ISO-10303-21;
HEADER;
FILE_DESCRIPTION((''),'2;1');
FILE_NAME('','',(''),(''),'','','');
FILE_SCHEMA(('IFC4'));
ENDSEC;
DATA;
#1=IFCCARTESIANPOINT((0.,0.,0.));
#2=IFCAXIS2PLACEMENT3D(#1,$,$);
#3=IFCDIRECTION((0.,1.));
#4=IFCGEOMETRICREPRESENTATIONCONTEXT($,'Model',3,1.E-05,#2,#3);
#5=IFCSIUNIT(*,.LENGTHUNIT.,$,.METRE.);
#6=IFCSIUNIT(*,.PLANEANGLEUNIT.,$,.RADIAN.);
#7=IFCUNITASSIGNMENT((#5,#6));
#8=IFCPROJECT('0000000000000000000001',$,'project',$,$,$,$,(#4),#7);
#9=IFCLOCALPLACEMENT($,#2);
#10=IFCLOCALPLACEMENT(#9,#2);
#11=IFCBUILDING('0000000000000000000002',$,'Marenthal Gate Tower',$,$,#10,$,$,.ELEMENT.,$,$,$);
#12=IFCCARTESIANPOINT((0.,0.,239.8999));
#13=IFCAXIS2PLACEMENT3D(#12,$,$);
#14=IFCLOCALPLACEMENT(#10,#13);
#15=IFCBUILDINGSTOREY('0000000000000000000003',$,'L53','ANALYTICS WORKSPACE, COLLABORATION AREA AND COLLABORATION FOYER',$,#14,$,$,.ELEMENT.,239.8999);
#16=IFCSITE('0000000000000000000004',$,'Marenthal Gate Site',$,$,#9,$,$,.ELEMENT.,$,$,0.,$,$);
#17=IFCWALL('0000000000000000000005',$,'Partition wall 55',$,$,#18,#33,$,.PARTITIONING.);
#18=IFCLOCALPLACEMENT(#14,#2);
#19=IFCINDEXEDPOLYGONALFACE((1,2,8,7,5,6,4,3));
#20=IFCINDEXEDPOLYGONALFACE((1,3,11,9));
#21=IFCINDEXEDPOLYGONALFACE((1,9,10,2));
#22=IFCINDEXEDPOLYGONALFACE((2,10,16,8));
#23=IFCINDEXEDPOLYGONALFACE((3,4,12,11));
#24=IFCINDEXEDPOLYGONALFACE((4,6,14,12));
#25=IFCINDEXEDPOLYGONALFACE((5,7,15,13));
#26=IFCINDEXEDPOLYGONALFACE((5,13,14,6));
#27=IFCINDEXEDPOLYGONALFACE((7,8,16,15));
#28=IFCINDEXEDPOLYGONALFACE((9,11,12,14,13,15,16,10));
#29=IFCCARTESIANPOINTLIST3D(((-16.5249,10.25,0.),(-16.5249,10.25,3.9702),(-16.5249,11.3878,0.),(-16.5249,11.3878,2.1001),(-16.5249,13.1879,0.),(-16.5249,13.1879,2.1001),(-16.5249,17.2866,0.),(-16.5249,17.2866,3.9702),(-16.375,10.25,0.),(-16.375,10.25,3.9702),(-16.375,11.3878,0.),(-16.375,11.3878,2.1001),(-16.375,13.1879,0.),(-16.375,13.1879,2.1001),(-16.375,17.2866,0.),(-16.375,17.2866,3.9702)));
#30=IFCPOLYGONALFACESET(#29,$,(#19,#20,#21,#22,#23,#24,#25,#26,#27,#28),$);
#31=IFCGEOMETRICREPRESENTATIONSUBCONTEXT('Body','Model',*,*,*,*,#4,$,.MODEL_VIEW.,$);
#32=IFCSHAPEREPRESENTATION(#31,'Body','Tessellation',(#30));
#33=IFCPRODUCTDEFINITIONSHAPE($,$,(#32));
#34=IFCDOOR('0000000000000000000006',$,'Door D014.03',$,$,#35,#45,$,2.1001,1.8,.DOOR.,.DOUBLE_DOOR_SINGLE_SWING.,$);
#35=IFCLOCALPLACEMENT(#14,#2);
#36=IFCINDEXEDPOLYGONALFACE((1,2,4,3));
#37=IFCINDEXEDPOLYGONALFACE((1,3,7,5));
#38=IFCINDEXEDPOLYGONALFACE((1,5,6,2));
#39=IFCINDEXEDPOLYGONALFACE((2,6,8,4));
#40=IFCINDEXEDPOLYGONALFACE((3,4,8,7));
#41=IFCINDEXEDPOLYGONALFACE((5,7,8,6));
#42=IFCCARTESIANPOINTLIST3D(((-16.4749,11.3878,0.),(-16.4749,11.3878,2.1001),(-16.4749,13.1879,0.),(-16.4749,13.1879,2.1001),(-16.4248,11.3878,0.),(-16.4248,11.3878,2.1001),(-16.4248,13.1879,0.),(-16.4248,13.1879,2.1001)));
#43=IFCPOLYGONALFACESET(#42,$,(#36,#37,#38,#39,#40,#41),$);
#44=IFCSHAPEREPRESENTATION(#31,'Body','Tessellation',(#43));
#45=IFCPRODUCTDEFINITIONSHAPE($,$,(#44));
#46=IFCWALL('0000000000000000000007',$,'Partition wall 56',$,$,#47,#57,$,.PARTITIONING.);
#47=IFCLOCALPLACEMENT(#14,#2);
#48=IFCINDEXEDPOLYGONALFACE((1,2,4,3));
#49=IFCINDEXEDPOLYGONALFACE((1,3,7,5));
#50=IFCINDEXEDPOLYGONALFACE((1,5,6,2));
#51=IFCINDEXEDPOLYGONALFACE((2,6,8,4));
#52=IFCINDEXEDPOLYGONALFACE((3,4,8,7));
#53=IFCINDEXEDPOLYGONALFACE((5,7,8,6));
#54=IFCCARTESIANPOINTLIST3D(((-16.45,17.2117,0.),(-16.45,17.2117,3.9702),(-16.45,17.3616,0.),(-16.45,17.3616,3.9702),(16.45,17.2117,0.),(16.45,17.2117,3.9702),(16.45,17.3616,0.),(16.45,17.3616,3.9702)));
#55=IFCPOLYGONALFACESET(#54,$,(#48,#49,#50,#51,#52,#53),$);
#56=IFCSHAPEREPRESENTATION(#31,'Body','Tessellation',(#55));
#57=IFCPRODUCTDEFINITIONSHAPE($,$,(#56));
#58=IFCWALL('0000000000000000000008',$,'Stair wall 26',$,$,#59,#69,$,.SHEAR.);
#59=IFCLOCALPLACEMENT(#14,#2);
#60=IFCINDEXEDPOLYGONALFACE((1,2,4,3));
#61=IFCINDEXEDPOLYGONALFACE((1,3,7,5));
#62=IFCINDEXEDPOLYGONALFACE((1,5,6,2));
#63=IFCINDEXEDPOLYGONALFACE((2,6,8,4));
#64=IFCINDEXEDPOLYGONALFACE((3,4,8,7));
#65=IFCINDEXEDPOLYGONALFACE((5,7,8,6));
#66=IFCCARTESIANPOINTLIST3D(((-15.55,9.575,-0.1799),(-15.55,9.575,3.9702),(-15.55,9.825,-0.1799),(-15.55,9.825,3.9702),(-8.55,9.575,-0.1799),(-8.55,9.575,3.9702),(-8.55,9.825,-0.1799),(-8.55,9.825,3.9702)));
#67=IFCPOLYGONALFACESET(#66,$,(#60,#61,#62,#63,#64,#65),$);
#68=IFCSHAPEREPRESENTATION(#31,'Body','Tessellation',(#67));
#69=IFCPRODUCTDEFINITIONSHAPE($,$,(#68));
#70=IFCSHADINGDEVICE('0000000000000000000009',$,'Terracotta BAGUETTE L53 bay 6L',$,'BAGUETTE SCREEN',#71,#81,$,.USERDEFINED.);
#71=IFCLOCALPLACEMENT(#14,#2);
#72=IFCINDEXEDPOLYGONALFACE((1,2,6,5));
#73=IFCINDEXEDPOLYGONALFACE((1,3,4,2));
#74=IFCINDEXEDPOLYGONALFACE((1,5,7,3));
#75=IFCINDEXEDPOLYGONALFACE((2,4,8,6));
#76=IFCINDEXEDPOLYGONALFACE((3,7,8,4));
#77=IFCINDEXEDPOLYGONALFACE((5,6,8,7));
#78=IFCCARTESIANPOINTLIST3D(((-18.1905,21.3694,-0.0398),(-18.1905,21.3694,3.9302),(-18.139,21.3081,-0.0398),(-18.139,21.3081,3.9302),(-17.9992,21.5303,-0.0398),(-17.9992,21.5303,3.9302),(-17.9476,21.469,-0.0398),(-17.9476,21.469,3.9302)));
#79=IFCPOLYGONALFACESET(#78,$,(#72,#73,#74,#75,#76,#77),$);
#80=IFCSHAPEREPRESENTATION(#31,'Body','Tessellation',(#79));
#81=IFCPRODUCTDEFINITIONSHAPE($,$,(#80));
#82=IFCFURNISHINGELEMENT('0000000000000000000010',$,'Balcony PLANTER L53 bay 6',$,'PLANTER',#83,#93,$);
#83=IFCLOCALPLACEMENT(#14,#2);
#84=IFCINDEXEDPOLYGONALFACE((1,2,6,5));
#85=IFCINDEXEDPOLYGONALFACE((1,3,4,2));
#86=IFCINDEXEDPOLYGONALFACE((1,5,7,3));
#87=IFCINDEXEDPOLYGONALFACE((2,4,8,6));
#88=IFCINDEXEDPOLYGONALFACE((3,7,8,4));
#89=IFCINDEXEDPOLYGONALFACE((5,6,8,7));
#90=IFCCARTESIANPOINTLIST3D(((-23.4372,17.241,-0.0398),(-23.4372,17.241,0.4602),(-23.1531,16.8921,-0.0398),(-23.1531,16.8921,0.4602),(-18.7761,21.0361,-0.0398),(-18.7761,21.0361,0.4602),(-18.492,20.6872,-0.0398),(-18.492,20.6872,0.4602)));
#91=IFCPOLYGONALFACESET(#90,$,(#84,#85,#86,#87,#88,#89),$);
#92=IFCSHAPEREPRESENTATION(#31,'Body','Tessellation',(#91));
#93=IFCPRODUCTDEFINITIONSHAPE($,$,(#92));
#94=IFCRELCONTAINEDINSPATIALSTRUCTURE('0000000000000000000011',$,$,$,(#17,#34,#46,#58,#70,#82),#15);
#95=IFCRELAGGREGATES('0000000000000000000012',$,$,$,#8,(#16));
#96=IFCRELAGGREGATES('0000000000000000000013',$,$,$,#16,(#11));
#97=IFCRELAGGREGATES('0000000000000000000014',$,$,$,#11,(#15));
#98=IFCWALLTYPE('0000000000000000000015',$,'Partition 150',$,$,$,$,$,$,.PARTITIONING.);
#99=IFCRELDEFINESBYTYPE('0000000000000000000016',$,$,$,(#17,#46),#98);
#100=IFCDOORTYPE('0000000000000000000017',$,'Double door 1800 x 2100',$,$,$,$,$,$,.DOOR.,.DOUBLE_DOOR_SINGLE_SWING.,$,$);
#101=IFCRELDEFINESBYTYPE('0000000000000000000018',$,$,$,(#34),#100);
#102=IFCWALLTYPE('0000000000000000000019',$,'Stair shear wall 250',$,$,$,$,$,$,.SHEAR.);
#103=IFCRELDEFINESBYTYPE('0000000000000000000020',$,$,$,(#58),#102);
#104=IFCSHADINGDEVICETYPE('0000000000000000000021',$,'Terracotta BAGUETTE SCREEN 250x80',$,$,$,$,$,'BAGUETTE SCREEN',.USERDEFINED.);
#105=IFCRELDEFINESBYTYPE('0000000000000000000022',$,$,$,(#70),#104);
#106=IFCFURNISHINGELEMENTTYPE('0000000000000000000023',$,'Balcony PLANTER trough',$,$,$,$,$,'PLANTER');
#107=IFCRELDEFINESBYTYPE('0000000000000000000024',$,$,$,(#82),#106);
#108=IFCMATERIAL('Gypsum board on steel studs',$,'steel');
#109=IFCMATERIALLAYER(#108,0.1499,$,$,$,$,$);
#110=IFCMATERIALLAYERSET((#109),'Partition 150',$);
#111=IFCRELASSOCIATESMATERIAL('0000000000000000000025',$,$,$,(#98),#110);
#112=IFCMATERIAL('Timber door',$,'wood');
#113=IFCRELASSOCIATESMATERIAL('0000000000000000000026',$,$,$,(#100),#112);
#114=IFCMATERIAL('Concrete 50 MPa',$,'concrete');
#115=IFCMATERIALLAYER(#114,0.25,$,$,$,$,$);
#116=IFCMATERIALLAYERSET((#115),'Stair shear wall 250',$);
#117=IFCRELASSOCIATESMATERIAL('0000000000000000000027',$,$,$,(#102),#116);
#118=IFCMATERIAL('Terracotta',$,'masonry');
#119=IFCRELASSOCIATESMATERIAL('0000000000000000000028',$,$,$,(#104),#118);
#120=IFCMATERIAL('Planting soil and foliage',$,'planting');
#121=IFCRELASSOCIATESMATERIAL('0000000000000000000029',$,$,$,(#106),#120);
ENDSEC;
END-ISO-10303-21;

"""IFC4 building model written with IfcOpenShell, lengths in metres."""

from ifc_helpers import new_model, si_unit, direction, frame, frame_2d, origin, origin_2d, place, context, subcontext, project, spatial, rectangle, extrude, material, layer, layer_set, material_profile, profile_set, type_object, element, fill, save


model = new_model("IFC4")

# Units and contexts
model_context = context("Model", 3, precision=1e-05, world=origin(), true_north=direction((0.0, 1.0)))
body_context = subcontext(model_context, "Body", "Model", "MODEL_VIEW")
ifc_project = project(units=[si_unit("LENGTHUNIT", "METRE"), si_unit("PLANEANGLEUNIT", "RADIAN")], contexts=[model_context])

# Site, building, storey
site_placement = place(None, origin())
site = spatial("IfcSite", under=ifc_project, at=site_placement, Name="Marenthal Gate Site", CompositionType="ELEMENT", RefElevation=0.0)
building_placement = place(site_placement, origin())
building = spatial("IfcBuilding", under=site, at=building_placement, Name="Marenthal Gate Tower", CompositionType="ELEMENT")
storey_placement = place(building_placement, frame((0.0, 0.0, 239.8999)))
storey = spatial("IfcBuildingStorey", under=building, at=storey_placement, Name="L53", Description="ANALYTICS WORKSPACE, COLLABORATION AREA AND COLLABORATION FOYER", CompositionType="ELEMENT", Elevation=239.8999)

# Shared definitions
ifc_material_1 = material(Name="Gypsum board on steel studs", Category="steel")
ifc_layer_1 = layer(ifc_material_1, 0.1499)
ifc_layer_set_1 = layer_set([ifc_layer_1], Name="Partition 150")
wall_type_1 = type_object("IfcWallType", Name="Partition 150", PredefinedType="PARTITIONING", material=ifc_layer_set_1)

# Wall, opening, door
wall_1_placement = place(storey_placement, frame((-16.45, 10.25, 0.0), z_axis=(0.0, 0.0, 1.0), x_axis=(0.0, 1.0, 0.0)))
wall_1 = element("IfcWall", 1, at=wall_1_placement, inside=storey, type_object=wall_type_1, Name="Partition wall 55", PredefinedType="PARTITIONING", context=body_context, shape_type="SweptSolid", body=[
    extrude(rectangle(XDim=7.0366, YDim=0.1499, at=frame_2d((3.5183, 0.0))), origin(), (0.0, 0.0, 1.0), 3.9702),
])
opening_1_placement = place(wall_1_placement, frame((1.1379, 0.0, 0.0)))
opening_1 = element("IfcOpeningElement", 2, at=opening_1_placement, cuts=wall_1, PredefinedType="OPENING", context=body_context, shape_type="SweptSolid", body=[
    extrude(rectangle(XDim=1.8, YDim=2.1001, at=frame_2d((0.8999, 1.05))), frame((0.0, 0.085, 0.0), z_axis=(0.0, -1.0, 0.0), x_axis=(1.0, 0.0, 0.0)), (0.0, 0.0, 1.0), 0.1699),
])
ifc_material_2 = material(Name="Timber door", Category="wood")
door_type_1 = type_object("IfcDoorType", Name="Double door 1800 x 2100", OperationType="DOUBLE_DOOR_SINGLE_SWING", PredefinedType="DOOR", material=ifc_material_2)
door_1_placement = place(opening_1_placement, origin())
door_1 = element("IfcDoor", 3, at=door_1_placement, inside=storey, type_object=door_type_1, Name="Door D014.03", OperationType="DOUBLE_DOOR_SINGLE_SWING", OverallHeight=2.1001, OverallWidth=1.8, PredefinedType="DOOR", context=body_context, shape_type="SweptSolid", body=[
    extrude(rectangle(XDim=1.8, YDim=2.1001, at=frame_2d((0.8999, 1.05))), frame((0.0, 0.0249, 0.0), z_axis=(0.0, -1.0, 0.0), x_axis=(1.0, 0.0, 0.0)), (0.0, 0.0, 1.0), 0.05),
])
fill(opening_1, door_1)

# Walls
wall_2_placement = place(storey_placement, frame((-16.45, 17.2866, 0.0), z_axis=(0.0, 0.0, 1.0), x_axis=(1.0, 0.0, 0.0)))
element("IfcWall", 4, at=wall_2_placement, inside=storey, type_object=wall_type_1, Name="Partition wall 56", PredefinedType="PARTITIONING", context=body_context, shape_type="SweptSolid", body=[
    extrude(rectangle(XDim=32.8999, YDim=0.1499, at=frame_2d((16.45, 0.0))), origin(), (0.0, 0.0, 1.0), 3.9702),
])
ifc_material_3 = material(Name="Concrete 50 MPa", Category="concrete")
ifc_layer_2 = layer(ifc_material_3, 0.25)
ifc_layer_set_2 = layer_set([ifc_layer_2], Name="Stair shear wall 250")
wall_type_2 = type_object("IfcWallType", Name="Stair shear wall 250", PredefinedType="SHEAR", material=ifc_layer_set_2)
wall_3_placement = place(storey_placement, frame((-15.55, 9.7, -0.1799), z_axis=(0.0, 0.0, 1.0), x_axis=(1.0, 0.0, 0.0)))
element("IfcWall", 5, at=wall_3_placement, inside=storey, type_object=wall_type_2, Name="Stair wall 26", PredefinedType="SHEAR", context=body_context, shape_type="SweptSolid", body=[
    extrude(rectangle(XDim=7.0, YDim=0.25, at=frame_2d((3.5, 0.0))), origin(), (0.0, 0.0, 1.0), 4.1501),
])

# Shading device
ifc_material_4 = material(Name="Terracotta", Category="masonry")
ifc_material_profile_1 = material_profile(ifc_material_4, rectangle(XDim=0.25, YDim=0.0801, at=origin_2d()), Name="Terracotta baguette 250x80")
ifc_profile_set_1 = profile_set([ifc_material_profile_1], Name="Terracotta")
shading_device_type = type_object("IfcShadingDeviceType", Name="Terracotta BAGUETTE SCREEN 250x80", ElementType="BAGUETTE SCREEN", PredefinedType="USERDEFINED", material=ifc_profile_set_1)
shading_device_placement = place(storey_placement, frame((-18.0691, 21.4192, -0.0398), z_axis=(0.0, 0.0, 1.0), x_axis=(-0.765469, -0.643472, 0.0)))
element("IfcShadingDevice", 6, at=shading_device_placement, inside=storey, type_object=shading_device_type, Name="Terracotta BAGUETTE L53 bay 6L", ObjectType="BAGUETTE SCREEN", PredefinedType="USERDEFINED", context=body_context, shape_type="SweptSolid", body=[
    extrude(rectangle(XDim=0.25, YDim=0.0801, at=origin_2d()), origin(), (0.0, 0.0, 1.0), 3.97),
])

# Furnishing element
ifc_material_5 = material(Name="Planting soil and foliage", Category="planting")
furnishing_element_type = type_object("IfcFurnishingElementType", Name="Balcony PLANTER trough", ElementType="PLANTER", material=ifc_material_5)
furnishing_placement = place(storey_placement, frame((-20.9646, 18.9641, -0.0398), z_axis=(0.0, 0.0, 1.0), x_axis=(-0.775469, -0.631385, 0.0)))
element("IfcFurnishingElement", 7, at=furnishing_placement, inside=storey, type_object=furnishing_element_type, Name="Balcony PLANTER L53 bay 6", ObjectType="PLANTER", context=body_context, shape_type="SweptSolid", body=[
    extrude(rectangle(XDim=6.0107, YDim=0.45, at=origin_2d()), origin(), (0.0, 0.0, 1.0), 0.5),
])

save(model, "model.ifc")
